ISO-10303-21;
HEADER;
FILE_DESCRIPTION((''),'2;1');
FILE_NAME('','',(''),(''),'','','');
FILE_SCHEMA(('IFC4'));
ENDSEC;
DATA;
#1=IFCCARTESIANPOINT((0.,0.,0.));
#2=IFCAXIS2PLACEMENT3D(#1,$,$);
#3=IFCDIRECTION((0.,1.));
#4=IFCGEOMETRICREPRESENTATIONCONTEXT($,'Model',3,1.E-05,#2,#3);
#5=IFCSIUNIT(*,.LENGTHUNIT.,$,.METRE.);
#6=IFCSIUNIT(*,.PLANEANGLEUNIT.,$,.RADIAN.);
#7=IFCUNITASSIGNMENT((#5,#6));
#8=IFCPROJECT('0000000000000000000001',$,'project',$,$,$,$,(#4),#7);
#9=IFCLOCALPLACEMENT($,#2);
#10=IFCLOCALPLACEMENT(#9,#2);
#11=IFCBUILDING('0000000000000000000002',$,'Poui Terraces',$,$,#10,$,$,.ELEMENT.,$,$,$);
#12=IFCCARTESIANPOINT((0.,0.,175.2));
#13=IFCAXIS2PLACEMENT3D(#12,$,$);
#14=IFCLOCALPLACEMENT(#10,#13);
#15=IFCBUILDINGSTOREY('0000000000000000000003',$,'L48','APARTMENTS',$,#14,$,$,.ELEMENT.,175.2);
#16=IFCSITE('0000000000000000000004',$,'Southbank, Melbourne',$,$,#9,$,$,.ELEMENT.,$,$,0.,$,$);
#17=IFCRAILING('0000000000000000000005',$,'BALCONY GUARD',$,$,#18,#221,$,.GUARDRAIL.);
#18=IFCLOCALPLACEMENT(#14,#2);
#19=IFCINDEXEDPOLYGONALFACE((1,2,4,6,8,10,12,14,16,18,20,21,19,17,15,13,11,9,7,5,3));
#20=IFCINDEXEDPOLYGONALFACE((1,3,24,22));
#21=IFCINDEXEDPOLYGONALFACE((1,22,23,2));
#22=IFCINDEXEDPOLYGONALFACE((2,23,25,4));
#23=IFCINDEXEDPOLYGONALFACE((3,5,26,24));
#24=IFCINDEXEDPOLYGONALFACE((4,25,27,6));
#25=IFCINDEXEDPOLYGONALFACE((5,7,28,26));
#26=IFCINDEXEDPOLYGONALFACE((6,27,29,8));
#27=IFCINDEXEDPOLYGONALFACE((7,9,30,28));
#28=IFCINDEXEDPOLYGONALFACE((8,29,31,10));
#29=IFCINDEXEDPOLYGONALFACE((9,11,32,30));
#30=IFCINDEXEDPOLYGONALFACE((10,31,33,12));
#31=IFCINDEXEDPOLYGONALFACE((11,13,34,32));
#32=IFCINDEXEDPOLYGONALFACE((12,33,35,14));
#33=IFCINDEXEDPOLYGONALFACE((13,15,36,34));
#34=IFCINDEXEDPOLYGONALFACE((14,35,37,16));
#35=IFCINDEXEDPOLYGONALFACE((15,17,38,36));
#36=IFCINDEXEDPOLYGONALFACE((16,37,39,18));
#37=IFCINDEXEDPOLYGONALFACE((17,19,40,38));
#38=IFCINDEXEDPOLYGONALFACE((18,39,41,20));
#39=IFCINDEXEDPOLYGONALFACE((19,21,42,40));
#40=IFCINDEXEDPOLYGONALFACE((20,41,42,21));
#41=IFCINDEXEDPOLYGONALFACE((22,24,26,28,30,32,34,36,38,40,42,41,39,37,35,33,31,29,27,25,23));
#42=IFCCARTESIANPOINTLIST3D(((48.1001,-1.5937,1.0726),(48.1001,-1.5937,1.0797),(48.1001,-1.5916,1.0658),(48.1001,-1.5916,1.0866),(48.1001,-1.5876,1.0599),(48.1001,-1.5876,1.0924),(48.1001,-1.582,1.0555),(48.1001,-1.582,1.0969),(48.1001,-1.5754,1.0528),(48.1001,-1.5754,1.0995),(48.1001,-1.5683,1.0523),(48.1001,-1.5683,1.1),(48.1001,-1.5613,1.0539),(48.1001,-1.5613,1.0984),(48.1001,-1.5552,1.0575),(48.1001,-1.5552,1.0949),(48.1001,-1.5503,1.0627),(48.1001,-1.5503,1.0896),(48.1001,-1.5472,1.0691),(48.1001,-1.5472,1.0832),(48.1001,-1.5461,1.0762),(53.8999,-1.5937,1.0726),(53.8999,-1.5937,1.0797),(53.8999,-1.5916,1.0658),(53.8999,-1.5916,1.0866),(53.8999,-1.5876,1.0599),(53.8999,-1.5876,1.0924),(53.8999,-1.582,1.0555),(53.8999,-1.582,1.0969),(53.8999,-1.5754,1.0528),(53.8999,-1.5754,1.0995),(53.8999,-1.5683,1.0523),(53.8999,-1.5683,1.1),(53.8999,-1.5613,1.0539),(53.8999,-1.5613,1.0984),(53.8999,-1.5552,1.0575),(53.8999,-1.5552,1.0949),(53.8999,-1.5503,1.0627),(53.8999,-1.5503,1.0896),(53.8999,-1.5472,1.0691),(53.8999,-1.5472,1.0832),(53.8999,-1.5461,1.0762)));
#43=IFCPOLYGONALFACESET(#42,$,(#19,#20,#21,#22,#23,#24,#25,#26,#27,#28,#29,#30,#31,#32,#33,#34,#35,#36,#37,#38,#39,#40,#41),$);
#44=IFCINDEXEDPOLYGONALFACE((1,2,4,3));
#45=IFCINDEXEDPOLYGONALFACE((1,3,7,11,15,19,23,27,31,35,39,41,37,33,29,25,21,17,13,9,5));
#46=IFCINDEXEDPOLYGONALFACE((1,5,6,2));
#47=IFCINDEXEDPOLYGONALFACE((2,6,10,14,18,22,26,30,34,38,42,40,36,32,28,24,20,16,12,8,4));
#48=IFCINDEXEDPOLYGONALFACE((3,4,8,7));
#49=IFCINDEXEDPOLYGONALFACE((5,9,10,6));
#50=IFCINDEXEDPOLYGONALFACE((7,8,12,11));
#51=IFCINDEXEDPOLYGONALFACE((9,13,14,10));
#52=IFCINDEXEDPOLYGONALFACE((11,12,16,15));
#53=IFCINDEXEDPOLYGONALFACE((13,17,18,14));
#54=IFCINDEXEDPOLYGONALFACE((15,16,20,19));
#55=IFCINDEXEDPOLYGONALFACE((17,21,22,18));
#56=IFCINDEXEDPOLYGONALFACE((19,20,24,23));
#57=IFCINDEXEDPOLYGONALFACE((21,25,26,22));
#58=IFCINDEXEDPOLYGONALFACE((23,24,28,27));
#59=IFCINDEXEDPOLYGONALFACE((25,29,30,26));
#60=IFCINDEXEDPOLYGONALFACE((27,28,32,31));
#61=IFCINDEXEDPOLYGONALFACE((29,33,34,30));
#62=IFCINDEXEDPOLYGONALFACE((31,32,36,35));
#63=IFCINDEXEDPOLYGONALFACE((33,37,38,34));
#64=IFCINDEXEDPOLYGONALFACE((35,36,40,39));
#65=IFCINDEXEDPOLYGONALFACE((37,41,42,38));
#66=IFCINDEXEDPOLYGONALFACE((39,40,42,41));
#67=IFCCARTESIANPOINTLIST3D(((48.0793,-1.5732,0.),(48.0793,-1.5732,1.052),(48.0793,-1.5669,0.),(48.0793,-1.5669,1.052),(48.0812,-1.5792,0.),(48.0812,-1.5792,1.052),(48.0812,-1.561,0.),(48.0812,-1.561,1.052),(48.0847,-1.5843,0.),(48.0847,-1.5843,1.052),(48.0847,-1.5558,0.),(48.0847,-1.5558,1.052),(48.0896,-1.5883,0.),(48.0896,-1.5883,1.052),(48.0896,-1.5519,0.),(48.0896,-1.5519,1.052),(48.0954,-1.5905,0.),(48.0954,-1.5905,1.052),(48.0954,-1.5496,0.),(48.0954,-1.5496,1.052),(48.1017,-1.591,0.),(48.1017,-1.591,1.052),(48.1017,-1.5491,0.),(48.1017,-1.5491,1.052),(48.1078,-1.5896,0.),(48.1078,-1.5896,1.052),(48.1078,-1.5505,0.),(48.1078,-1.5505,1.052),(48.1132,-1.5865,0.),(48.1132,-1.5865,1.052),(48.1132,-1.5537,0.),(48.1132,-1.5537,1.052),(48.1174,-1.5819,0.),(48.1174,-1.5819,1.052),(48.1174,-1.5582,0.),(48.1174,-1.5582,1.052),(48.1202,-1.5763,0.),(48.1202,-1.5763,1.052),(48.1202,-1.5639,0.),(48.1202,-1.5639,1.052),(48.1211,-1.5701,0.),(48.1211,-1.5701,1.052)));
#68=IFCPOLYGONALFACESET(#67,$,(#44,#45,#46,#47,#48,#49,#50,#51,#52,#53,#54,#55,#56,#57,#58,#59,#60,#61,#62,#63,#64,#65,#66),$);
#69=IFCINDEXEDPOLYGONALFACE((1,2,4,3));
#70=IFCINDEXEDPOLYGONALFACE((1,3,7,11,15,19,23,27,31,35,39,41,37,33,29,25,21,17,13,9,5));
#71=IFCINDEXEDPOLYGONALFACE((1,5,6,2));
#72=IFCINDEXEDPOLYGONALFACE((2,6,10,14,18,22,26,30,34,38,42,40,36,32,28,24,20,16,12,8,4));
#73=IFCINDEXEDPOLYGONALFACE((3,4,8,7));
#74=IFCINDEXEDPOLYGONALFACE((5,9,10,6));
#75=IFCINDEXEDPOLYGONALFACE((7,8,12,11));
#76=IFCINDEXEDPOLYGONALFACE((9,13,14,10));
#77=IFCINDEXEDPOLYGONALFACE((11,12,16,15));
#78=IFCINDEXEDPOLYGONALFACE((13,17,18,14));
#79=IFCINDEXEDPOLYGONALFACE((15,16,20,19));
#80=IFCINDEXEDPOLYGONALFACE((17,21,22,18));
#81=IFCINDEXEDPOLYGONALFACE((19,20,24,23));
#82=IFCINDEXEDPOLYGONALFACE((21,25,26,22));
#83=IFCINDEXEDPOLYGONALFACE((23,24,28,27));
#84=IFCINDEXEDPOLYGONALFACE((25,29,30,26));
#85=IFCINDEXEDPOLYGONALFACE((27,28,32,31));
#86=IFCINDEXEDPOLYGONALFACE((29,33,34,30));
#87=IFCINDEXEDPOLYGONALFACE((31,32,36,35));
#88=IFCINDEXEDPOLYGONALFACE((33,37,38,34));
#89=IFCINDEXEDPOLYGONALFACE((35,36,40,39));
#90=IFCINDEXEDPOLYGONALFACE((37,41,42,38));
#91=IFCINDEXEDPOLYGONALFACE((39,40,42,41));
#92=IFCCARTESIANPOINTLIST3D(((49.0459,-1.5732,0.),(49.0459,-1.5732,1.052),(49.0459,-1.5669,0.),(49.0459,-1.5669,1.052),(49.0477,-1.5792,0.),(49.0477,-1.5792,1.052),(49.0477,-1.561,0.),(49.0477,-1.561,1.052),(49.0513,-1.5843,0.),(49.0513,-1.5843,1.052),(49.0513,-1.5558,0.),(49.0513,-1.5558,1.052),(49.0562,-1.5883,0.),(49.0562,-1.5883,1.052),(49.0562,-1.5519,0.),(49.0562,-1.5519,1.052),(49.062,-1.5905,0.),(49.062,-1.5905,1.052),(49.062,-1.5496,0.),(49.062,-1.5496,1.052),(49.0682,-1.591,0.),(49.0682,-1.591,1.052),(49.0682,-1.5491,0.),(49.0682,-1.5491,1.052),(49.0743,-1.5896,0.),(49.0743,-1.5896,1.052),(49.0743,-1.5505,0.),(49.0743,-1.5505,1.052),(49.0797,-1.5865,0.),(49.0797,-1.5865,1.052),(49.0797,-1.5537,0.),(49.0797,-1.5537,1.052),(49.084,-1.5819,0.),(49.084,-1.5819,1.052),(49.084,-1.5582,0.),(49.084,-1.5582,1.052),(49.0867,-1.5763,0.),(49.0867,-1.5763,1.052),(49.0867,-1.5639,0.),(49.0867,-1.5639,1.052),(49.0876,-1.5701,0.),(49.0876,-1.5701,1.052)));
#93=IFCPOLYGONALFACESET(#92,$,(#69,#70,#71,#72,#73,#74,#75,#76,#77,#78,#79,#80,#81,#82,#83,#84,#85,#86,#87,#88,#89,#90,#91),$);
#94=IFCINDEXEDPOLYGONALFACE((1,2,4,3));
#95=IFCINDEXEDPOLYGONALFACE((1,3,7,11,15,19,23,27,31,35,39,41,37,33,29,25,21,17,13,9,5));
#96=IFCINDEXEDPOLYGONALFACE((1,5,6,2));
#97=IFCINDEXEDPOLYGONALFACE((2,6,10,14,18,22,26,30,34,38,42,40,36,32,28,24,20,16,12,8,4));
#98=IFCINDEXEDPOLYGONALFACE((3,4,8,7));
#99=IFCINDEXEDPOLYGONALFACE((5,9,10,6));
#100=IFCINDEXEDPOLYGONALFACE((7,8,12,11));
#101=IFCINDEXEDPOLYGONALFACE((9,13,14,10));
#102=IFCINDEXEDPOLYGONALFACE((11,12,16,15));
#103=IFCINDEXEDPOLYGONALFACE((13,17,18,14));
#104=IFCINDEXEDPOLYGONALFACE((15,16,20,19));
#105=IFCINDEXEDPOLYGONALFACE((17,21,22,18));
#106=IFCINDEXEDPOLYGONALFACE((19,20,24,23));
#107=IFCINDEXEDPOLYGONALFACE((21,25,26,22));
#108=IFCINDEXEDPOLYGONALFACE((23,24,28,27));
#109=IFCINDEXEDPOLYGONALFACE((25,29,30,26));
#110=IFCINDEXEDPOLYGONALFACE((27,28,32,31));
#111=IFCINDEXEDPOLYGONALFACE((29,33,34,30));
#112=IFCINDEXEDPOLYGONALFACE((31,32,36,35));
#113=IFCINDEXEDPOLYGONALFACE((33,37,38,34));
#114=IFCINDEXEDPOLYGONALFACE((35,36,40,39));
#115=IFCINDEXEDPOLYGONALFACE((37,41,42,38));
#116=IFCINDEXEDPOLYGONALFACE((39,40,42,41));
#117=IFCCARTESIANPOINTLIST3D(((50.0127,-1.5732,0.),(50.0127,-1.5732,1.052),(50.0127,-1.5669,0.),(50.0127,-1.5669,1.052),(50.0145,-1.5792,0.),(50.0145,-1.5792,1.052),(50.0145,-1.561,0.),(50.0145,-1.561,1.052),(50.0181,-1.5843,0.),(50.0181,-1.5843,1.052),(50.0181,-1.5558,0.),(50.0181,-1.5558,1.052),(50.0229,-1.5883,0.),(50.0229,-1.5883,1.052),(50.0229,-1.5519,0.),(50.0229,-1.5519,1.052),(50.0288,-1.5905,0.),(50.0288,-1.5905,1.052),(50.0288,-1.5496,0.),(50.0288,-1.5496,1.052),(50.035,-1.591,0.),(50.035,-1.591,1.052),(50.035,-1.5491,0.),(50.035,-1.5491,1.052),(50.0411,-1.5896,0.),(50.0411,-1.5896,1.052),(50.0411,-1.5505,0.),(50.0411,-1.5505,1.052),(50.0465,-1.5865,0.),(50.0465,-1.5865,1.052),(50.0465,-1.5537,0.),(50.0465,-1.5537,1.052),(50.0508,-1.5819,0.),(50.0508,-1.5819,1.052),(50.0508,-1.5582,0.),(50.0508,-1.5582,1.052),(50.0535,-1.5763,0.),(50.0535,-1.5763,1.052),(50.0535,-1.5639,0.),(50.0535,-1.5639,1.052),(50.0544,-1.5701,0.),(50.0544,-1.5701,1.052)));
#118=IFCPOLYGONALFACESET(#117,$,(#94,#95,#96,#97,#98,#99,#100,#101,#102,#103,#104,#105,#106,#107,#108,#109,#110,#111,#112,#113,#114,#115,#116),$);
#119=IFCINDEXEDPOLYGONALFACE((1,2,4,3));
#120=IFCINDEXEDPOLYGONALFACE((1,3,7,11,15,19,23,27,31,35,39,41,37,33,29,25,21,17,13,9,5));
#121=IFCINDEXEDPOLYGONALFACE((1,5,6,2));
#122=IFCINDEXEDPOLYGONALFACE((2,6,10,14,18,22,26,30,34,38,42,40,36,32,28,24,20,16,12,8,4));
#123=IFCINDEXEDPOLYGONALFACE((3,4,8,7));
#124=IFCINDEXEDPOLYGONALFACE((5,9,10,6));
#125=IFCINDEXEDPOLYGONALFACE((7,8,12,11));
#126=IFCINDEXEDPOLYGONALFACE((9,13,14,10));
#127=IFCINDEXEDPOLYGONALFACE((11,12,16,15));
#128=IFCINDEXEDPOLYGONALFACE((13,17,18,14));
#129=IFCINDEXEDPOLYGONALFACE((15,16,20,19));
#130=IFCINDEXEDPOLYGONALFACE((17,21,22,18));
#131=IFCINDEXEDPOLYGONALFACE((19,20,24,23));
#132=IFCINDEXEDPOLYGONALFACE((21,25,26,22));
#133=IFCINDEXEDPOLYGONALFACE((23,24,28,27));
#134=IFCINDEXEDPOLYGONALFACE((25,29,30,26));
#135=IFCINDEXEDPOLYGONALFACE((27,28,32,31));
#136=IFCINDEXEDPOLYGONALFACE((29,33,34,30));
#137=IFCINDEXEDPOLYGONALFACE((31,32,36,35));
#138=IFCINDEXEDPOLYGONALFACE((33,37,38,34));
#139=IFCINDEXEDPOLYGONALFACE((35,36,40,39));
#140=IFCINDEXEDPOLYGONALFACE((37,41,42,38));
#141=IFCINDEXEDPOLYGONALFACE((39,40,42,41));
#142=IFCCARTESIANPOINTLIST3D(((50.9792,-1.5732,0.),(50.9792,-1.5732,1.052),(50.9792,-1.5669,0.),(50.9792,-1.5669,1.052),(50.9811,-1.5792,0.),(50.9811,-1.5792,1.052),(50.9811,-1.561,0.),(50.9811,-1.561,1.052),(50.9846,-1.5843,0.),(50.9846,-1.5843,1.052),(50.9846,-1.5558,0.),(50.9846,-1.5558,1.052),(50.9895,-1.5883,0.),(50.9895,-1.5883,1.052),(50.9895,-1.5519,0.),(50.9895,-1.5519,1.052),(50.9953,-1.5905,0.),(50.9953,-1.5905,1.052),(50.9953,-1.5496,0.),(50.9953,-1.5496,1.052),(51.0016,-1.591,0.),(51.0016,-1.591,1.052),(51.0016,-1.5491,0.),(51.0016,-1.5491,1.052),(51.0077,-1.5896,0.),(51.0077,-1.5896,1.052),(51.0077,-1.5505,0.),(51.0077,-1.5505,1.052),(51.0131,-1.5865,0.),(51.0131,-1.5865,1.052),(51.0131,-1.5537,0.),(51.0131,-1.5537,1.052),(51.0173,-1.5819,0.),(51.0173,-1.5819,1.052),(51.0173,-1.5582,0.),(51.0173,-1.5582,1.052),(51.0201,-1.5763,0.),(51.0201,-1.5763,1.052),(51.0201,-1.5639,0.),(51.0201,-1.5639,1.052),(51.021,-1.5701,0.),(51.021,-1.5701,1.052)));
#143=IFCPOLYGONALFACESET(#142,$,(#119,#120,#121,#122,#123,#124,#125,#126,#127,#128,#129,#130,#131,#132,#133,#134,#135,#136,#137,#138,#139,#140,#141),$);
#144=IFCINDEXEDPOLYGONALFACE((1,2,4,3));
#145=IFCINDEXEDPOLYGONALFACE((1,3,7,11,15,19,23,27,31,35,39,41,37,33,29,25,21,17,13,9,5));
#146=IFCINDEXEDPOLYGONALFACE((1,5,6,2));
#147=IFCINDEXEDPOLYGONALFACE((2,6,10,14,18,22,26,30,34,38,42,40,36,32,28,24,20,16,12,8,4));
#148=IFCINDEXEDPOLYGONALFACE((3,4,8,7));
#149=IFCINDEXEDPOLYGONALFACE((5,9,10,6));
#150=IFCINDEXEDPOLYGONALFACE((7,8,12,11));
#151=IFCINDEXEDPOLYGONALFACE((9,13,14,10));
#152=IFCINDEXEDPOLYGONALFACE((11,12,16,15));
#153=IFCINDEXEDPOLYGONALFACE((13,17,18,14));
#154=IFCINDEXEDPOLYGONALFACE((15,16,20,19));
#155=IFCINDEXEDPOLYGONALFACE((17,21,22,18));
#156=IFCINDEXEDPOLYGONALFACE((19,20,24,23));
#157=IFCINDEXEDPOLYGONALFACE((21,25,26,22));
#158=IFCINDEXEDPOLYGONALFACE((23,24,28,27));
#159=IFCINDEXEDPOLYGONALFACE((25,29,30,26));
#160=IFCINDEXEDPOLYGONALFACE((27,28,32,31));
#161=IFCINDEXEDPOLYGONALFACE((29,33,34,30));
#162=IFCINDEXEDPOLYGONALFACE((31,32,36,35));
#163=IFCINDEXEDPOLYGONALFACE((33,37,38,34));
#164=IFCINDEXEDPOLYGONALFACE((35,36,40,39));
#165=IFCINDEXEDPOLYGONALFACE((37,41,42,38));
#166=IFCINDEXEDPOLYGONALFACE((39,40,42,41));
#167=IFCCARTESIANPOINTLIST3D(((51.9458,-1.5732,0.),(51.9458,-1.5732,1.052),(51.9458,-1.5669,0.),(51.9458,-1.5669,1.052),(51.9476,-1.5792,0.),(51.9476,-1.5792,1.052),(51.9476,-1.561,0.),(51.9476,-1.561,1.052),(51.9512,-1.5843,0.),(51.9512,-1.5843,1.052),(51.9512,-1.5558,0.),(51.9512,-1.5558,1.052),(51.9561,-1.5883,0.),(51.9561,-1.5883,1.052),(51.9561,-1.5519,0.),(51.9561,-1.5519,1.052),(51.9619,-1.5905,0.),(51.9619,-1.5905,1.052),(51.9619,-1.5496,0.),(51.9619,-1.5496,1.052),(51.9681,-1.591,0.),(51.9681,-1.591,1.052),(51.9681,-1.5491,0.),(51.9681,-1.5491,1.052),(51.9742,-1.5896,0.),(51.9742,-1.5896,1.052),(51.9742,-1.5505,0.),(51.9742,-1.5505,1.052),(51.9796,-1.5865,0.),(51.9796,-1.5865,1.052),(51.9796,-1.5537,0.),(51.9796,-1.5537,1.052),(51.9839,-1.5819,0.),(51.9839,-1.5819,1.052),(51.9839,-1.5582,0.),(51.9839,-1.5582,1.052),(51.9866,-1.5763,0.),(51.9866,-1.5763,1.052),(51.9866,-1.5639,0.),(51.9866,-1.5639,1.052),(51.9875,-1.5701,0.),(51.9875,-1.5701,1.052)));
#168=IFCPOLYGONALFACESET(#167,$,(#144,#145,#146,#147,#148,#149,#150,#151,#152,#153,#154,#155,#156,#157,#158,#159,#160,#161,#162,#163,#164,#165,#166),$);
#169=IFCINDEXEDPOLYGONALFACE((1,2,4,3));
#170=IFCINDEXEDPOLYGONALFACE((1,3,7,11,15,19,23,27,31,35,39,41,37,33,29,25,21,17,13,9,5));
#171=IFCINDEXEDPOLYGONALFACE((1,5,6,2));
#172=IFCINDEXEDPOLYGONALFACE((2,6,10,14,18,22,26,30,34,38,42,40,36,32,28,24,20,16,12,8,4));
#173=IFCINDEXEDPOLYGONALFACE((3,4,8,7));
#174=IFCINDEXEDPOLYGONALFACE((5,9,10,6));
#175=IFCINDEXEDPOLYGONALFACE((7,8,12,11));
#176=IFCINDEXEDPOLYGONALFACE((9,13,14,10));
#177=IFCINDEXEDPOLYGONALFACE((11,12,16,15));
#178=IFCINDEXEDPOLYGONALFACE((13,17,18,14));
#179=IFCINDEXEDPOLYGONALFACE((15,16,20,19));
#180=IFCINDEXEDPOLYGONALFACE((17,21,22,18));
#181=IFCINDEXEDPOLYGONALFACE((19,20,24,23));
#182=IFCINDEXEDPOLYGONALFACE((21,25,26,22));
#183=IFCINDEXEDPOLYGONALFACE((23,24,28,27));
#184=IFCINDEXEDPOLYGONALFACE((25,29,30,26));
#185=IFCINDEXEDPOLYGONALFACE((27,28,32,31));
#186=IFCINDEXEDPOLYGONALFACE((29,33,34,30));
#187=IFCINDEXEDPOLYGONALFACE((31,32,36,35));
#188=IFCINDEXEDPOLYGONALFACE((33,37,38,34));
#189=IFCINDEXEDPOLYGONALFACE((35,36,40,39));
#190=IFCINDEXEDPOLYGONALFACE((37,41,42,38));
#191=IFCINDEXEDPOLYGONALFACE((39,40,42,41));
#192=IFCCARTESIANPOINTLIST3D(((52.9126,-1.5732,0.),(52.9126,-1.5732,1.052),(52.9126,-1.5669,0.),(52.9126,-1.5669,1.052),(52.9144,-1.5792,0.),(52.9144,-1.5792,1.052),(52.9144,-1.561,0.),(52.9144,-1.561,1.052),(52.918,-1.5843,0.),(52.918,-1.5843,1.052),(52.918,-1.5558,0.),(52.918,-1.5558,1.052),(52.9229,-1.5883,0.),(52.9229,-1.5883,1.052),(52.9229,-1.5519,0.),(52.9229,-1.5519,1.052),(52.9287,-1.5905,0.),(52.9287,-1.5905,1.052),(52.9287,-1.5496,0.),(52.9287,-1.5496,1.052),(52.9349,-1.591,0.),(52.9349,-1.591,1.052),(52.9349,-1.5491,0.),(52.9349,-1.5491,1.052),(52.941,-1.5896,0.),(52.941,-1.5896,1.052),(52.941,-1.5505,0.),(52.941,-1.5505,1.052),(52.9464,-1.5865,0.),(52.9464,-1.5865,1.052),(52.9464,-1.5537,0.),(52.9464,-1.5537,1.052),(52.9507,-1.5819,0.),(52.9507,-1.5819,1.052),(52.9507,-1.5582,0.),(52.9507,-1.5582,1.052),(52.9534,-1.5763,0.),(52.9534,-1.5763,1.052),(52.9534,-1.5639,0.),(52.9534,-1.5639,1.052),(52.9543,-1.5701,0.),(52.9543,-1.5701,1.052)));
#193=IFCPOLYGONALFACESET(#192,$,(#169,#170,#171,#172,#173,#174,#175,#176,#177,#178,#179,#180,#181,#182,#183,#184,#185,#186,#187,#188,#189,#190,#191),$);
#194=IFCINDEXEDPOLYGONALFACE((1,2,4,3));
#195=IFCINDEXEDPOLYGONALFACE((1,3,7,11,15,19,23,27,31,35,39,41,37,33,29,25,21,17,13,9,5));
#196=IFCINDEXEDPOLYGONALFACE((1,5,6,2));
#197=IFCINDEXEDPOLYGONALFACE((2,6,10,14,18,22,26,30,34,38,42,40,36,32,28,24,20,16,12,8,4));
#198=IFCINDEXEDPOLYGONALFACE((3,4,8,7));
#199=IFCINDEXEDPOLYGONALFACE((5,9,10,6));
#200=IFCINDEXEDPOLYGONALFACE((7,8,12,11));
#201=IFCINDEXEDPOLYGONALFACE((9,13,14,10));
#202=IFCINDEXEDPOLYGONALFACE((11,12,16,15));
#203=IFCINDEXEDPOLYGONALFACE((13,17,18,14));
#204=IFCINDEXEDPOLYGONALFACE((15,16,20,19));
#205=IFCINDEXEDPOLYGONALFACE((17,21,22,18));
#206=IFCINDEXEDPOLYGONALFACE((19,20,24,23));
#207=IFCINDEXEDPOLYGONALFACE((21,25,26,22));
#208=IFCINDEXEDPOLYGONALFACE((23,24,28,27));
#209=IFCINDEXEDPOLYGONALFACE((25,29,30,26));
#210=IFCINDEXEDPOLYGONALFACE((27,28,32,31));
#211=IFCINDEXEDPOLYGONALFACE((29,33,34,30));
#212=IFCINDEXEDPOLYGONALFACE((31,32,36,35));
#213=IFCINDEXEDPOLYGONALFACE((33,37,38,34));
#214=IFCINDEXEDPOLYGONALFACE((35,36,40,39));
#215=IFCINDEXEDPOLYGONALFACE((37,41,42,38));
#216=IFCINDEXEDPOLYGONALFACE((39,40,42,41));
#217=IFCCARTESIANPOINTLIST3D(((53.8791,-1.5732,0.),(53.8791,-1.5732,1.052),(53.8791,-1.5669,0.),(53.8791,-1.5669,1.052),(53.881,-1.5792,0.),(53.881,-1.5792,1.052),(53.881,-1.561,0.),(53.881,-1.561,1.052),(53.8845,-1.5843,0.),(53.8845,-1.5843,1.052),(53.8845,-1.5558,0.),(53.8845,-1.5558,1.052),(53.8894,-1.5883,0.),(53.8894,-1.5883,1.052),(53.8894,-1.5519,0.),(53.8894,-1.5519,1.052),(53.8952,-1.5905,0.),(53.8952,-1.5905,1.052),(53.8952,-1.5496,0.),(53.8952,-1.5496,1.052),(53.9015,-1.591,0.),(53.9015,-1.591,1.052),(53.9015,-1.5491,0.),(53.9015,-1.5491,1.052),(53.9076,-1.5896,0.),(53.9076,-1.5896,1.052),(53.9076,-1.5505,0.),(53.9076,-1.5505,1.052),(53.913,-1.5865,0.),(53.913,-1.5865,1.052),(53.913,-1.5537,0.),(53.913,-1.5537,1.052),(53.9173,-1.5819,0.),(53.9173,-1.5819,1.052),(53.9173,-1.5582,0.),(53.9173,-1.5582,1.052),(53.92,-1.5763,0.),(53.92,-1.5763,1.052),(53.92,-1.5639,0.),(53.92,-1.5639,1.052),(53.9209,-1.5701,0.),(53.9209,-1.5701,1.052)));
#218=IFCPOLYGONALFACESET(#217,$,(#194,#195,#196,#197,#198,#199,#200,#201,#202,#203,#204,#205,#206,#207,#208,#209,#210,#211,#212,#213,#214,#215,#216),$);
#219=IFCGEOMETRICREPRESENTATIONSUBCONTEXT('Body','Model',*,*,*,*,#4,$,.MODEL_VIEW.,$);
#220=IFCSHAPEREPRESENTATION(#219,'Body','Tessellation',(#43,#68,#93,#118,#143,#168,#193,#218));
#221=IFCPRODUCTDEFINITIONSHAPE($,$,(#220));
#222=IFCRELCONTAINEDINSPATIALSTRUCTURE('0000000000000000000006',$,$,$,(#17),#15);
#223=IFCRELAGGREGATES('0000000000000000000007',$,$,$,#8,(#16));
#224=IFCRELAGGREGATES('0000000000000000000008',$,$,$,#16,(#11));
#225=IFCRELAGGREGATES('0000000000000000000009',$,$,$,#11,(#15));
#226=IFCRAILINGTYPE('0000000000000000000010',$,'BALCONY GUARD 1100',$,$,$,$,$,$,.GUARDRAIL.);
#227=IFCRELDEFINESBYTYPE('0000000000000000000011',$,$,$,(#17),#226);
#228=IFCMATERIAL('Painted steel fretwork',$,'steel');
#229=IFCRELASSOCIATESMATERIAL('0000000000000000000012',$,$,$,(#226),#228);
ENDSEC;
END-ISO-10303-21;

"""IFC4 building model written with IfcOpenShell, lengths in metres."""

from ifc_helpers import new_model, si_unit, direction, frame, origin, origin_2d, place, context, subcontext, project, spatial, circle, extrude, material, type_object, element, save


model = new_model("IFC4")

# Units and contexts
model_context = context("Model", 3, precision=1e-05, world=origin(), true_north=direction((0.0, 1.0)))
body_context = subcontext(model_context, "Body", "Model", "MODEL_VIEW")
ifc_project = project(units=[si_unit("LENGTHUNIT", "METRE"), si_unit("PLANEANGLEUNIT", "RADIAN")], contexts=[model_context])

# Site, building, storey
site_placement = place(None, origin())
site = spatial("IfcSite", under=ifc_project, at=site_placement, Name="Southbank, Melbourne", CompositionType="ELEMENT", RefElevation=0.0)
building_placement = place(site_placement, origin())
building = spatial("IfcBuilding", under=site, at=building_placement, Name="Poui Terraces", CompositionType="ELEMENT")
storey_placement = place(building_placement, frame((0.0, 0.0, 175.2)))
storey = spatial("IfcBuildingStorey", under=building, at=storey_placement, Name="L48", Description="APARTMENTS", CompositionType="ELEMENT", Elevation=175.2)

# Railing
ifc_material_1 = material(Name="Painted steel fretwork", Category="steel")
railing_type = type_object("IfcRailingType", Name="BALCONY GUARD 1100", PredefinedType="GUARDRAIL", material=ifc_material_1)
railing_placement = place(storey_placement, frame((48.1001, -1.5701, 0.0)))
element("IfcRailing", 1, at=railing_placement, inside=storey, type_object=railing_type, Name="BALCONY GUARD", PredefinedType="GUARDRAIL", context=body_context, shape_type="SweptSolid", body=[
    extrude(circle(Radius=0.0239, at=origin_2d()), frame((0.0, 0.0, 1.0762), z_axis=(1.0, 0.0, 0.0), x_axis=(0.0, 1.0, 0.0)), (0.0, 0.0, 1.0), 5.7998),
    extrude(circle(Radius=0.021, at=origin_2d()), origin(), (0.0, 0.0, 1.0), 1.052),
    extrude(circle(Radius=0.021, at=origin_2d()), frame((0.9666, 0.0, 0.0)), (0.0, 0.0, 1.0), 1.052),
    extrude(circle(Radius=0.021, at=origin_2d()), frame((1.9333, 0.0, 0.0)), (0.0, 0.0, 1.0), 1.052),
    extrude(circle(Radius=0.021, at=origin_2d()), frame((2.8999, 0.0, 0.0)), (0.0, 0.0, 1.0), 1.052),
    extrude(circle(Radius=0.021, at=origin_2d()), frame((3.8665, 0.0, 0.0)), (0.0, 0.0, 1.0), 1.052),
    extrude(circle(Radius=0.021, at=origin_2d()), frame((4.8333, 0.0, 0.0)), (0.0, 0.0, 1.0), 1.052),
    extrude(circle(Radius=0.021, at=origin_2d()), frame((5.7998, 0.0, 0.0)), (0.0, 0.0, 1.0), 1.052),
])

save(model, "model.ifc")
